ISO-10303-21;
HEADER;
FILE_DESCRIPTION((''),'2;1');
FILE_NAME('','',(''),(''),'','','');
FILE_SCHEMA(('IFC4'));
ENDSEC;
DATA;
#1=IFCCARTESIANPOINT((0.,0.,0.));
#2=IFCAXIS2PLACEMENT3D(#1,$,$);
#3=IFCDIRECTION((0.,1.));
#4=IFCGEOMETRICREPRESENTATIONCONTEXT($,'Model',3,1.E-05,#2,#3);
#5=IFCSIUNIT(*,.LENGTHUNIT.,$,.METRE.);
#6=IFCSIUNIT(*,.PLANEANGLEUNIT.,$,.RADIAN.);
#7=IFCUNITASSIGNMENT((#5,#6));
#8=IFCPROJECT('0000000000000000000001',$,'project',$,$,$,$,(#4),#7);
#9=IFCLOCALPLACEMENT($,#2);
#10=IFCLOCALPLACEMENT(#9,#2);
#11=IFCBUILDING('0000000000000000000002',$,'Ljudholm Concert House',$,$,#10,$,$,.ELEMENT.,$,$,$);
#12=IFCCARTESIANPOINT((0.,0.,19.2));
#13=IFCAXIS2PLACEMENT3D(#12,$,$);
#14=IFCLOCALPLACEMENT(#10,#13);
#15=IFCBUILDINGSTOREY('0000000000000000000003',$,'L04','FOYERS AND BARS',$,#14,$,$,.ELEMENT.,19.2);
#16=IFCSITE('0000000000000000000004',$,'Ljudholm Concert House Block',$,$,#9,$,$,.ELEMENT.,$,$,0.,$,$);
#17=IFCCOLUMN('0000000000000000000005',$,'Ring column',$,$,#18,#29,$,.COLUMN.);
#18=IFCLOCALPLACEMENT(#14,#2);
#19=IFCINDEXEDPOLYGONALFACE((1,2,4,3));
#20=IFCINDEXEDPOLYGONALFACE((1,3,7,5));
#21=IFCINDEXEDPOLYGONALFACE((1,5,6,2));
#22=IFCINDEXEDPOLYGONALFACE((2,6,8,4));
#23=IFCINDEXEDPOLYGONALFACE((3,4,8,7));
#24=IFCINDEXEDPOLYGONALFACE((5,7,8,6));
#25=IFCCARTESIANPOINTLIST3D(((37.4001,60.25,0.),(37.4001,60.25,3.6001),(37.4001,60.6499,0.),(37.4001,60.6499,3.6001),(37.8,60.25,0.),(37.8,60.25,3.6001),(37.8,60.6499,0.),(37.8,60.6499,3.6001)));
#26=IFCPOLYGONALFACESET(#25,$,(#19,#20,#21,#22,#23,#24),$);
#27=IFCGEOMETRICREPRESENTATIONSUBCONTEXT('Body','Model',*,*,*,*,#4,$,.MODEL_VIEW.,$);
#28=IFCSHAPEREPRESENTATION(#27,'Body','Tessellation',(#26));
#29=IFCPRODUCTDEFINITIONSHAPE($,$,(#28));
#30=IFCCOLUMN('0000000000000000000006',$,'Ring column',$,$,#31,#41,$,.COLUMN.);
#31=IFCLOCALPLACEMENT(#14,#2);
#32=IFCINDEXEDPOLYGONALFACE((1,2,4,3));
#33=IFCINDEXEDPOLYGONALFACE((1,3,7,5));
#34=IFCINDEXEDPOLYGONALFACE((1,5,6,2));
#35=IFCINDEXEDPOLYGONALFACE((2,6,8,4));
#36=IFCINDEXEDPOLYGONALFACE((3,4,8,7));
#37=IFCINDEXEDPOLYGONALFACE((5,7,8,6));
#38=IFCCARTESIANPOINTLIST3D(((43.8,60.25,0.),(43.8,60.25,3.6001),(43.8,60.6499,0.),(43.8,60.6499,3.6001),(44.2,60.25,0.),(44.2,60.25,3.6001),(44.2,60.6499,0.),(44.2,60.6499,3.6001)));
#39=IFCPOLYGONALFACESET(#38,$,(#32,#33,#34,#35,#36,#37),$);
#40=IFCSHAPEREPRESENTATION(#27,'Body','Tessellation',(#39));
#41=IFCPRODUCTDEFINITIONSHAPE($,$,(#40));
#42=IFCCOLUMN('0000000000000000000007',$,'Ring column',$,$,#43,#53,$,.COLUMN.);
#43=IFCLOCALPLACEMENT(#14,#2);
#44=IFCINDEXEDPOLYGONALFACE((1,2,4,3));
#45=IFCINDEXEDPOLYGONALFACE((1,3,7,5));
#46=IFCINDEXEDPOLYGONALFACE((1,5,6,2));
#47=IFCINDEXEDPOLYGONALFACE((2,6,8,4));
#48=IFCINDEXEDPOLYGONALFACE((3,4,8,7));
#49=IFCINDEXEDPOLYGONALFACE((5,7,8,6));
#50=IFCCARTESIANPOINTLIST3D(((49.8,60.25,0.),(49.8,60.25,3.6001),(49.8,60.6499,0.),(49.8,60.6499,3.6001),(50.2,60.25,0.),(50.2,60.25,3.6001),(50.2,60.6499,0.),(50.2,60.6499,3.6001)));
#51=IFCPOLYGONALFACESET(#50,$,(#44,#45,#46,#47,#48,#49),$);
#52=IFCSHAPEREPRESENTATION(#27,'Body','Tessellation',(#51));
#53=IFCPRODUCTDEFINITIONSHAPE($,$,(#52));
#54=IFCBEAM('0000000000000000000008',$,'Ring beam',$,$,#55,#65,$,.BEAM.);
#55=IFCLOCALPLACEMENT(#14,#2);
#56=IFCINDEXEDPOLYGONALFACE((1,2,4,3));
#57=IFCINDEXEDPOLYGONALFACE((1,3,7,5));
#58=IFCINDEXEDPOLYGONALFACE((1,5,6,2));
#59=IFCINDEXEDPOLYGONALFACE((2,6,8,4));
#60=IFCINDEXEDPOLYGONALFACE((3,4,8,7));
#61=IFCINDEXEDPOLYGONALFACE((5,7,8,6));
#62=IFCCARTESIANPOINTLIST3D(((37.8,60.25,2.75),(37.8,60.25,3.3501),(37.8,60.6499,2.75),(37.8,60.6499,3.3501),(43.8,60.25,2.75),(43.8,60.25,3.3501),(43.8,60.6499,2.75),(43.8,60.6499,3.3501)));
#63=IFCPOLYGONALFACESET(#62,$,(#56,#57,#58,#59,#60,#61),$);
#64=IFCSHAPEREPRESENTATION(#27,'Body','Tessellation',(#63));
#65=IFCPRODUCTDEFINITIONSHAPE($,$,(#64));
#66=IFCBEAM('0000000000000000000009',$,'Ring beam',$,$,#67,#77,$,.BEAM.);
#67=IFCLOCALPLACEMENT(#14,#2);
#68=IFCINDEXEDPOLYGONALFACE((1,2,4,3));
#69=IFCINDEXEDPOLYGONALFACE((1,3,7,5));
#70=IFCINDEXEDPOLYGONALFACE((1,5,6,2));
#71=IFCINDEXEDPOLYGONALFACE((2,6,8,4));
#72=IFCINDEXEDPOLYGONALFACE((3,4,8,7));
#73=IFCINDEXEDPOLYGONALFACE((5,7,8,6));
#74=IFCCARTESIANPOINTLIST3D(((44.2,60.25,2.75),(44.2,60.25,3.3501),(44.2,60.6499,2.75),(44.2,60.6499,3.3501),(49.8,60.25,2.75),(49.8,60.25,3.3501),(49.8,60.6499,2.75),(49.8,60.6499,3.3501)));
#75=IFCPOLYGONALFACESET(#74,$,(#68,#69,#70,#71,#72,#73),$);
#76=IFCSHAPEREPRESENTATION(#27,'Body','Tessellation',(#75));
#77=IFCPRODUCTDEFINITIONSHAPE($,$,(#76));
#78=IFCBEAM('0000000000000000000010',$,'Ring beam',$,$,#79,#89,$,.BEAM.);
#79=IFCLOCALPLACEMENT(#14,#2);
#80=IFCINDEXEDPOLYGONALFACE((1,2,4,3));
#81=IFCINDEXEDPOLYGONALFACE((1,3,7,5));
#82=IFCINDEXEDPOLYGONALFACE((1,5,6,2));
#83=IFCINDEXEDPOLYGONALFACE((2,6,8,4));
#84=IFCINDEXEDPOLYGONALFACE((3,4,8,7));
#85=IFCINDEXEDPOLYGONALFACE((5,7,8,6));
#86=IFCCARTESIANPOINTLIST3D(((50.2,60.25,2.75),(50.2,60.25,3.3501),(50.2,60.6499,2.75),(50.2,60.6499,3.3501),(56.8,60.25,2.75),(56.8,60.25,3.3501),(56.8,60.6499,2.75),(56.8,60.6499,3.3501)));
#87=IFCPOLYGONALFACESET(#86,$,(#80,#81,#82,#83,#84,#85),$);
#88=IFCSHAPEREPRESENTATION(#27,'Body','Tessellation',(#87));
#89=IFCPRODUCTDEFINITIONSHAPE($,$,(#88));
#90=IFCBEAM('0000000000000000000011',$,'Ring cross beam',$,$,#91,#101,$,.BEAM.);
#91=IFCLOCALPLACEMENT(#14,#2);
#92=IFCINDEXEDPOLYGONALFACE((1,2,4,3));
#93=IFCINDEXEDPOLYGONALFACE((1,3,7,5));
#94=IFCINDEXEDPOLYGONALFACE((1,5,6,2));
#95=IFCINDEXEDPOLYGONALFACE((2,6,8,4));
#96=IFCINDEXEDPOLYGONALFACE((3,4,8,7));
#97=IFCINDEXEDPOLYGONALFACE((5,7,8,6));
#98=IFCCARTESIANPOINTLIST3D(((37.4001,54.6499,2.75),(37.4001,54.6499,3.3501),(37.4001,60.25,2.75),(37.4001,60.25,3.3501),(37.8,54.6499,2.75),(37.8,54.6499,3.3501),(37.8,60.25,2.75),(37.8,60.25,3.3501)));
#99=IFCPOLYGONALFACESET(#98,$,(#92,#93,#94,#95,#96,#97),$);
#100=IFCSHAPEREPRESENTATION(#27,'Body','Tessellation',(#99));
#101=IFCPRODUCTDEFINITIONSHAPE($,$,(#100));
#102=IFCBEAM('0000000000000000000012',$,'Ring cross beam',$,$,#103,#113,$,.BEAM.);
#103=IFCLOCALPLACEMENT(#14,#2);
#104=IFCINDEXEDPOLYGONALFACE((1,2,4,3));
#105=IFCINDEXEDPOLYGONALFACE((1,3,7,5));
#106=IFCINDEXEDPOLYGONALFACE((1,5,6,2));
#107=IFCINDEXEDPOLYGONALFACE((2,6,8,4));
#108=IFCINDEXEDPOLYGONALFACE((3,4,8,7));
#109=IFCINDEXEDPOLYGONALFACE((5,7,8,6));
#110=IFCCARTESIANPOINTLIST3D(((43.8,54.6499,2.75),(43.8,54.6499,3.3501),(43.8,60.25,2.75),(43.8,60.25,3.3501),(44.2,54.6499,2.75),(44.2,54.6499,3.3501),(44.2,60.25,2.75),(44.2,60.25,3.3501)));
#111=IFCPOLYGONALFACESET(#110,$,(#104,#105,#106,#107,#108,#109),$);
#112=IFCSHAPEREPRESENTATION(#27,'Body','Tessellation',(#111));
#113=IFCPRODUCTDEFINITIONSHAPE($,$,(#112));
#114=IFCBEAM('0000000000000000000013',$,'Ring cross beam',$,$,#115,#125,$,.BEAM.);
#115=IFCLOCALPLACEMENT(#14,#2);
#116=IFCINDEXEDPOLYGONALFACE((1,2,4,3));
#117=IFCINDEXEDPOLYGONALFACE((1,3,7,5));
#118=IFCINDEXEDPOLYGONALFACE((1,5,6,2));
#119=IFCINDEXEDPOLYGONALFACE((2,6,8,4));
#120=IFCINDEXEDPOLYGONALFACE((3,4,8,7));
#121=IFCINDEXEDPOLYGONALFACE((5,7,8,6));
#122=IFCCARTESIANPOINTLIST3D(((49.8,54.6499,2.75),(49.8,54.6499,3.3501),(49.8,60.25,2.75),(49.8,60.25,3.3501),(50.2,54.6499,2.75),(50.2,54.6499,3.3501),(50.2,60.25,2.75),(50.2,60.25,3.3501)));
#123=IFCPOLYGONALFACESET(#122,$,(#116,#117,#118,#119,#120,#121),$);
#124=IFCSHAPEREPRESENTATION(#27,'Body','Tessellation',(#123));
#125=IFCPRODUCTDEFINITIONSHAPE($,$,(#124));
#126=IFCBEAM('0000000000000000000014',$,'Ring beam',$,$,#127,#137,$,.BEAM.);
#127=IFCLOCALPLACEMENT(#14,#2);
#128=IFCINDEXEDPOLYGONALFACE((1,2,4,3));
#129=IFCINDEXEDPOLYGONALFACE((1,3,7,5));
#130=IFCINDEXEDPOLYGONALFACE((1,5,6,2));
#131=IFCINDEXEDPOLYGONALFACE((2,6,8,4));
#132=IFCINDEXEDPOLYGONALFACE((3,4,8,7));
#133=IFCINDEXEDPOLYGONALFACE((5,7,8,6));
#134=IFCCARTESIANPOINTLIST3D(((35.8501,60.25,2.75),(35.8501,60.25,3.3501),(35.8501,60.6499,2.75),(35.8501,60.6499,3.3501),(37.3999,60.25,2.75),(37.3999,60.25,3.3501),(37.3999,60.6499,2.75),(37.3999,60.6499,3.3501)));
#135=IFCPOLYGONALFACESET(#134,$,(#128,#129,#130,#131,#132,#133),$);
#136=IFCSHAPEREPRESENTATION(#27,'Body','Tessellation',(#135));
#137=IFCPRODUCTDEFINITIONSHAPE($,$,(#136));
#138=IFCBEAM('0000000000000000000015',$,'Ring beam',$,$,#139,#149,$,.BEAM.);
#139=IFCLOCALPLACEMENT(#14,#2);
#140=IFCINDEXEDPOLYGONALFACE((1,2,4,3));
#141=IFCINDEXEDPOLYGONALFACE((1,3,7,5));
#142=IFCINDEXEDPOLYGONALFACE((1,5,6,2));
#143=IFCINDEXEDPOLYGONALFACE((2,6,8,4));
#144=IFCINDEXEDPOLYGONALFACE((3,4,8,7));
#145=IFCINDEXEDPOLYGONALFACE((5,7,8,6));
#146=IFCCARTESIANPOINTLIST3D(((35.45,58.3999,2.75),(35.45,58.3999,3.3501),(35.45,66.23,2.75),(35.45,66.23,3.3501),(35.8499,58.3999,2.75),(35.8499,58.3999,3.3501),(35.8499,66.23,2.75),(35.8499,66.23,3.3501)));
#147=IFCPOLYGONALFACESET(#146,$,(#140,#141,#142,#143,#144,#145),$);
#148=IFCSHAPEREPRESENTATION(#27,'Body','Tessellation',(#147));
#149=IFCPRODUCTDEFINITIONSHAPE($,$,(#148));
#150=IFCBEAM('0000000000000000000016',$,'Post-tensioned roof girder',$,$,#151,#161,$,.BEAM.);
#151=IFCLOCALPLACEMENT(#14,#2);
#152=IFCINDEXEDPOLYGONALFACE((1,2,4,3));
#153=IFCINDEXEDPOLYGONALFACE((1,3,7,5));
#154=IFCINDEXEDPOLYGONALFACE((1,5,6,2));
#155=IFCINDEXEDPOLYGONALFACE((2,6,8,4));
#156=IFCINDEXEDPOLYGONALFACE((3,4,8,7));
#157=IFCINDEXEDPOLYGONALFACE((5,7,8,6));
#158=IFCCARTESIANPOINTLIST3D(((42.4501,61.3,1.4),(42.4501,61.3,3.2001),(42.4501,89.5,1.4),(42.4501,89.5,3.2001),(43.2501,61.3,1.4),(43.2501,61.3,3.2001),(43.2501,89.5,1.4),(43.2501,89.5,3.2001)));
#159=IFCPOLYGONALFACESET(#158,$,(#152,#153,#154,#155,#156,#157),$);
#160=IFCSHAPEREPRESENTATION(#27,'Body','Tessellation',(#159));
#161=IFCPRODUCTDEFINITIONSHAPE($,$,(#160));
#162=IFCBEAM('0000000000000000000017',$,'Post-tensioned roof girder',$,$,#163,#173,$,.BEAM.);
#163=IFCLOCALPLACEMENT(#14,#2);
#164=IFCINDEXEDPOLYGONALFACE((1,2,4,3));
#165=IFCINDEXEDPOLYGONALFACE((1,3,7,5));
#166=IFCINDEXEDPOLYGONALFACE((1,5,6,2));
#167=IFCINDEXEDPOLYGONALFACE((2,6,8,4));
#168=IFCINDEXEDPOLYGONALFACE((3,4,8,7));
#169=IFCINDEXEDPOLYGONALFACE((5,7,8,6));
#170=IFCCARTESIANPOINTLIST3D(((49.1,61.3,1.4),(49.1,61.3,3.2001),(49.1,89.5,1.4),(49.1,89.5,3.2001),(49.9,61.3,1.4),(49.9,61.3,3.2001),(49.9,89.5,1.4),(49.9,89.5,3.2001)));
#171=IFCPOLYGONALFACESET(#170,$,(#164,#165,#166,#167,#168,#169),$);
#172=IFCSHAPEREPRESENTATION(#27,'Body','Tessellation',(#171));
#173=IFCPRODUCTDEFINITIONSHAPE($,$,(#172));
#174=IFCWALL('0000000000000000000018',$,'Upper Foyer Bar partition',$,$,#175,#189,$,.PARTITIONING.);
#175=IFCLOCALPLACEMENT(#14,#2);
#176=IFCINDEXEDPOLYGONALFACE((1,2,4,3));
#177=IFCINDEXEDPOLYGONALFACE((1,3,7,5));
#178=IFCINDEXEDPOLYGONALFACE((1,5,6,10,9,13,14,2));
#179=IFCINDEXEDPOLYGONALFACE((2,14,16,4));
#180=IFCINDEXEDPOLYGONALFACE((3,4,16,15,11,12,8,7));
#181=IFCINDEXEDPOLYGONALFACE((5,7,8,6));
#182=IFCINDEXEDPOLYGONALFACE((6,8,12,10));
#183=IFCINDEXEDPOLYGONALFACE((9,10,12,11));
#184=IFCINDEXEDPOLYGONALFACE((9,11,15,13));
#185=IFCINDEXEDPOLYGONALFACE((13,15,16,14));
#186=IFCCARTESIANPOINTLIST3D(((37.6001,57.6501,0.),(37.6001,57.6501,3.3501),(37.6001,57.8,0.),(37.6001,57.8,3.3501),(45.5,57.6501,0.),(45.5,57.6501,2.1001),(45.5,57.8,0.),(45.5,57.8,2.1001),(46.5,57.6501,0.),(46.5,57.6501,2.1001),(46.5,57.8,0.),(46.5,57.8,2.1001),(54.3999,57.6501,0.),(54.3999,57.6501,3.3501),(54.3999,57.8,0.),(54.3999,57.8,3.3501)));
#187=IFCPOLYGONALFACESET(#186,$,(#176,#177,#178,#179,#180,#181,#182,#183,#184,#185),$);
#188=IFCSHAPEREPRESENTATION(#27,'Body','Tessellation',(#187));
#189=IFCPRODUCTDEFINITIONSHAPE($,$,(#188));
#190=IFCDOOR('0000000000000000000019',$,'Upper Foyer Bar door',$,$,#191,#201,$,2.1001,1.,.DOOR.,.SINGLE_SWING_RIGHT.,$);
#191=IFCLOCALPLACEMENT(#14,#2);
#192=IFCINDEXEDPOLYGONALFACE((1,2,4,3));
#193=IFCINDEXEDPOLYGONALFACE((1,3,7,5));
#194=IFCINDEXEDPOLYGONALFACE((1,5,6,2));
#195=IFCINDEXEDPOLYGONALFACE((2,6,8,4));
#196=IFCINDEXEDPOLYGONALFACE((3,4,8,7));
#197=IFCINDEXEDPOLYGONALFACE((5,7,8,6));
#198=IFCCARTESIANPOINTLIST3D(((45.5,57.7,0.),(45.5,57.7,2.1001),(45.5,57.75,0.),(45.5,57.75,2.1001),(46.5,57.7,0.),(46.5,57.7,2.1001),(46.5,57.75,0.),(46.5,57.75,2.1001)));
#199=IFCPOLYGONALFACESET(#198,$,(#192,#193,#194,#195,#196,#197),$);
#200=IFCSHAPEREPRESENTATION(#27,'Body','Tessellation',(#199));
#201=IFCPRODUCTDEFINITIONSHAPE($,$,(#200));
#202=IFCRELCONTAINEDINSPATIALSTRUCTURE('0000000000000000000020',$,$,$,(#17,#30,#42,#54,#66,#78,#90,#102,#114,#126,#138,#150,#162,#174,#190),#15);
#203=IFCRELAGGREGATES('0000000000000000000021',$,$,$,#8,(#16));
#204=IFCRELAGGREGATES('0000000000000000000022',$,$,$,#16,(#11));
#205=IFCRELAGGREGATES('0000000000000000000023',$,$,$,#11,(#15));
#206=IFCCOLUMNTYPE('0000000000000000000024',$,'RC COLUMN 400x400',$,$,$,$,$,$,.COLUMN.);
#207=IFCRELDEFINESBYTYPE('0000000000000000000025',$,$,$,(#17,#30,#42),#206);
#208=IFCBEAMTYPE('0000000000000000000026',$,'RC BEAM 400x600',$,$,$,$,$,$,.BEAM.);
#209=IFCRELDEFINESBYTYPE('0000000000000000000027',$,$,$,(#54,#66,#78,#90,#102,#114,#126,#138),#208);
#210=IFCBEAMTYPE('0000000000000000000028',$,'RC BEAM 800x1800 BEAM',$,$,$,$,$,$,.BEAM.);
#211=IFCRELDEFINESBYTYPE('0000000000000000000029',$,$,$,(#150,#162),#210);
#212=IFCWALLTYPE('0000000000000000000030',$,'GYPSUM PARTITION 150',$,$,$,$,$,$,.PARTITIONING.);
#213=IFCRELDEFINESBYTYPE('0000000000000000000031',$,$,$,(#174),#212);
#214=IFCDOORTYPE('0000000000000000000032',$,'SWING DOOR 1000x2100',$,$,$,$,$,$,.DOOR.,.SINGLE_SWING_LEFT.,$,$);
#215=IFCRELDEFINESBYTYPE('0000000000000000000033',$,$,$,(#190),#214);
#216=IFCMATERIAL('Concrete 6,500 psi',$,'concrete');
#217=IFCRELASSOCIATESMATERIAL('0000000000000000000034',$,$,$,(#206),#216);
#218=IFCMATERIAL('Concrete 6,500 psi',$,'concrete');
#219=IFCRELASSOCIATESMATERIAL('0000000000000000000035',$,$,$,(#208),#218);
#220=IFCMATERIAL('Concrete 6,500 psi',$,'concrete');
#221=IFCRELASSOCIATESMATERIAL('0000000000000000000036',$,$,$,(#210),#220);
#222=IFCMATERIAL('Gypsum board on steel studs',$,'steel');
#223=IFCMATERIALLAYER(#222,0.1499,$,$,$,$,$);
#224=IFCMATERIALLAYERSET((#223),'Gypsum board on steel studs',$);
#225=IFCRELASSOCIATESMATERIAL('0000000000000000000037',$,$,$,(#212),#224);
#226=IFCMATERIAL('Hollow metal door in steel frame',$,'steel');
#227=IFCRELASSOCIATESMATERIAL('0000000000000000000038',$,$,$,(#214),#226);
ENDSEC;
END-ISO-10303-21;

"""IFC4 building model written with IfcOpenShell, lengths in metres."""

from ifc_helpers import new_model, si_unit, direction, frame, frame_2d, origin, origin_2d, place, context, subcontext, project, spatial, rectangle, extrude, material, layer, layer_set, material_profile, profile_set, type_object, element, fill, save


model = new_model("IFC4")

# Units and contexts
model_context = context("Model", 3, precision=1e-05, world=origin(), true_north=direction((0.0, 1.0)))
body_context = subcontext(model_context, "Body", "Model", "MODEL_VIEW")
ifc_project = project(units=[si_unit("LENGTHUNIT", "METRE"), si_unit("PLANEANGLEUNIT", "RADIAN")], contexts=[model_context])

# Site, building, storey
site_placement = place(None, origin())
site = spatial("IfcSite", under=ifc_project, at=site_placement, Name="Ljudholm Concert House Block", CompositionType="ELEMENT", RefElevation=0.0)
building_placement = place(site_placement, origin())
building = spatial("IfcBuilding", under=site, at=building_placement, Name="Ljudholm Concert House", CompositionType="ELEMENT")
storey_placement = place(building_placement, frame((0.0, 0.0, 19.2)))
storey = spatial("IfcBuildingStorey", under=building, at=storey_placement, Name="L04", Description="FOYERS AND BARS", CompositionType="ELEMENT", Elevation=19.2)

# Columns
ifc_material_1 = material(Name="Concrete 6,500 psi", Category="concrete")
ifc_material_profile_1 = material_profile(ifc_material_1, rectangle(XDim=0.3999, YDim=0.3999, at=origin_2d()), Name="RC COLUMN 400x400")
ifc_profile_set_1 = profile_set([ifc_material_profile_1], Name="Concrete 6,500 psi")
column_type = type_object("IfcColumnType", Name="RC COLUMN 400x400", PredefinedType="COLUMN", material=ifc_profile_set_1)
for number, where, z_axis, x_axis, name in (
    (1, (37.6001, 60.45, 0.0), (0.0, 0.0, 1.0), (1.0, 0.0, 0.0), "Ring column"),
    (2, (44.0, 60.45, 0.0), (0.0, 0.0, 1.0), (1.0, 0.0, 0.0), "Ring column"),
    (3, (50.0, 60.45, 0.0), (0.0, 0.0, 1.0), (1.0, 0.0, 0.0), "Ring column"),
):
    element("IfcColumn", number, at=place(storey_placement, frame(where, z_axis=z_axis, x_axis=x_axis)), inside=storey, type_object=column_type, Name=name, PredefinedType="COLUMN", context=body_context, shape_type="SweptSolid", body=[
        extrude(rectangle(XDim=0.3999, YDim=0.3999, at=origin_2d()), origin(), (0.0, 0.0, 1.0), 3.6001),
    ])

# Beams
ifc_material_2 = material(Name="Concrete 6,500 psi", Category="concrete")
ifc_material_profile_2 = material_profile(ifc_material_2, rectangle(XDim=0.3999, YDim=0.6001, at=origin_2d()), Name="RC BEAM 400x600")
ifc_profile_set_2 = profile_set([ifc_material_profile_2], Name="Concrete 6,500 psi")
beam_type_1 = type_object("IfcBeamType", Name="RC BEAM 400x600", PredefinedType="BEAM", material=ifc_profile_set_2)
beam_1_placement = place(storey_placement, frame((37.8, 60.45, 3.05), z_axis=(1.0, 0.0, 0.0), x_axis=(0.0, 1.0, 0.0)))
element("IfcBeam", 4, at=beam_1_placement, inside=storey, type_object=beam_type_1, Name="Ring beam", PredefinedType="BEAM", context=body_context, shape_type="SweptSolid", body=[
    extrude(rectangle(XDim=0.3999, YDim=0.6001, at=origin_2d()), origin(), (0.0, 0.0, 1.0), 6.0),
])
beam_2_placement = place(storey_placement, frame((44.2, 60.45, 3.05), z_axis=(1.0, 0.0, 0.0), x_axis=(0.0, 1.0, 0.0)))
element("IfcBeam", 5, at=beam_2_placement, inside=storey, type_object=beam_type_1, Name="Ring beam", PredefinedType="BEAM", context=body_context, shape_type="SweptSolid", body=[
    extrude(rectangle(XDim=0.3999, YDim=0.6001, at=origin_2d()), origin(), (0.0, 0.0, 1.0), 5.6001),
])
beam_3_placement = place(storey_placement, frame((50.2, 60.45, 3.05), z_axis=(1.0, 0.0, 0.0), x_axis=(0.0, 1.0, 0.0)))
element("IfcBeam", 6, at=beam_3_placement, inside=storey, type_object=beam_type_1, Name="Ring beam", PredefinedType="BEAM", context=body_context, shape_type="SweptSolid", body=[
    extrude(rectangle(XDim=0.3999, YDim=0.6001, at=origin_2d()), origin(), (0.0, 0.0, 1.0), 6.6001),
])
for number, where, z_axis, x_axis, name in (
    (7, (37.6001, 60.25, 3.05), (0.0, -1.0, 0.0), (1.0, 0.0, 0.0), "Ring cross beam"),
    (8, (44.0, 60.25, 3.05), (0.0, -1.0, 0.0), (1.0, 0.0, 0.0), "Ring cross beam"),
    (9, (50.0, 60.25, 3.05), (0.0, -1.0, 0.0), (1.0, 0.0, 0.0), "Ring cross beam"),
):
    element("IfcBeam", number, at=place(storey_placement, frame(where, z_axis=z_axis, x_axis=x_axis)), inside=storey, type_object=beam_type_1, Name=name, PredefinedType="BEAM", context=body_context, shape_type="SweptSolid", body=[
        extrude(rectangle(XDim=0.3999, YDim=0.6001, at=origin_2d()), origin(), (0.0, 0.0, 1.0), 5.6001),
    ])
beam_4_placement = place(storey_placement, frame((35.8501, 60.45, 3.05), z_axis=(1.0, 0.0, 0.0), x_axis=(0.0, 1.0, 0.0)))
element("IfcBeam", 10, at=beam_4_placement, inside=storey, type_object=beam_type_1, Name="Ring beam", PredefinedType="BEAM", context=body_context, shape_type="SweptSolid", body=[
    extrude(rectangle(XDim=0.3999, YDim=0.6001, at=origin_2d()), origin(), (0.0, 0.0, 1.0), 1.5498),
])
beam_5_placement = place(storey_placement, frame((35.6499, 58.3999, 3.05), z_axis=(0.0, 1.0, 0.0), x_axis=(-1.0, 0.0, 0.0)))
element("IfcBeam", 11, at=beam_5_placement, inside=storey, type_object=beam_type_1, Name="Ring beam", PredefinedType="BEAM", context=body_context, shape_type="SweptSolid", body=[
    extrude(rectangle(XDim=0.3999, YDim=0.6001, at=origin_2d()), origin(), (0.0, 0.0, 1.0), 7.8301),
])
ifc_material_3 = material(Name="Concrete 6,500 psi", Category="concrete")
ifc_material_profile_3 = material_profile(ifc_material_3, rectangle(XDim=0.8, YDim=1.8, at=origin_2d()), Name="RC BEAM 800x1800 BEAM")
ifc_profile_set_3 = profile_set([ifc_material_profile_3], Name="Concrete 6,500 psi")
beam_type_2 = type_object("IfcBeamType", Name="RC BEAM 800x1800 BEAM", PredefinedType="BEAM", material=ifc_profile_set_3)
for number, where, z_axis, x_axis, name in (
    (12, (42.8501, 61.3, 2.3), (0.0, 1.0, 0.0), (-1.0, 0.0, 0.0), "Post-tensioned roof girder"),
    (13, (49.5, 61.3, 2.3), (0.0, 1.0, 0.0), (-1.0, 0.0, 0.0), "Post-tensioned roof girder"),
):
    element("IfcBeam", number, at=place(storey_placement, frame(where, z_axis=z_axis, x_axis=x_axis)), inside=storey, type_object=beam_type_2, Name=name, PredefinedType="BEAM", context=body_context, shape_type="SweptSolid", body=[
        extrude(rectangle(XDim=0.8, YDim=1.8, at=origin_2d()), origin(), (0.0, 0.0, 1.0), 28.2),
    ])

# Wall, opening, door
ifc_material_4 = material(Name="Gypsum board on steel studs", Category="steel")
ifc_layer_1 = layer(ifc_material_4, 0.1499)
ifc_layer_set_1 = layer_set([ifc_layer_1], Name="Gypsum board on steel studs")
wall_type_1 = type_object("IfcWallType", Name="GYPSUM PARTITION 150", PredefinedType="PARTITIONING", material=ifc_layer_set_1)
wall_1_placement = place(storey_placement, frame((37.6001, 57.7251, 0.0), z_axis=(0.0, 0.0, 1.0), x_axis=(1.0, 0.0, 0.0)))
wall_1 = element("IfcWall", 14, at=wall_1_placement, inside=storey, type_object=wall_type_1, Name="Upper Foyer Bar partition", PredefinedType="PARTITIONING", context=body_context, shape_type="SweptSolid", body=[
    extrude(rectangle(XDim=16.7998, YDim=0.1499, at=frame_2d((8.3999, 0.0))), origin(), (0.0, 0.0, 1.0), 3.3501),
])
opening_1_placement = place(wall_1_placement, frame((7.8999, 0.0, 0.0)))
opening_1 = element("IfcOpeningElement", 15, at=opening_1_placement, cuts=wall_1, PredefinedType="OPENING", context=body_context, shape_type="SweptSolid", body=[
    extrude(rectangle(XDim=1.0, YDim=2.1001, at=frame_2d((0.5, 1.05))), frame((0.0, 0.085, 0.0), z_axis=(0.0, -1.0, 0.0), x_axis=(1.0, 0.0, 0.0)), (0.0, 0.0, 1.0), 0.1699),
])
ifc_material_5 = material(Name="Hollow metal door in steel frame", Category="steel")
door_type_1 = type_object("IfcDoorType", Name="SWING DOOR 1000x2100", OperationType="SINGLE_SWING_LEFT", PredefinedType="DOOR", material=ifc_material_5)
door_1_placement = place(opening_1_placement, origin())
door_1 = element("IfcDoor", 16, at=door_1_placement, inside=storey, type_object=door_type_1, Name="Upper Foyer Bar door", OperationType="SINGLE_SWING_RIGHT", OverallHeight=2.1001, OverallWidth=1.0, PredefinedType="DOOR", context=body_context, shape_type="SweptSolid", body=[
    extrude(rectangle(XDim=1.0, YDim=2.1001, at=frame_2d((0.5, 1.05))), frame((0.0, 0.0249, 0.0), z_axis=(0.0, -1.0, 0.0), x_axis=(1.0, 0.0, 0.0)), (0.0, 0.0, 1.0), 0.05),
])
fill(opening_1, door_1)

save(model, "model.ifc")
